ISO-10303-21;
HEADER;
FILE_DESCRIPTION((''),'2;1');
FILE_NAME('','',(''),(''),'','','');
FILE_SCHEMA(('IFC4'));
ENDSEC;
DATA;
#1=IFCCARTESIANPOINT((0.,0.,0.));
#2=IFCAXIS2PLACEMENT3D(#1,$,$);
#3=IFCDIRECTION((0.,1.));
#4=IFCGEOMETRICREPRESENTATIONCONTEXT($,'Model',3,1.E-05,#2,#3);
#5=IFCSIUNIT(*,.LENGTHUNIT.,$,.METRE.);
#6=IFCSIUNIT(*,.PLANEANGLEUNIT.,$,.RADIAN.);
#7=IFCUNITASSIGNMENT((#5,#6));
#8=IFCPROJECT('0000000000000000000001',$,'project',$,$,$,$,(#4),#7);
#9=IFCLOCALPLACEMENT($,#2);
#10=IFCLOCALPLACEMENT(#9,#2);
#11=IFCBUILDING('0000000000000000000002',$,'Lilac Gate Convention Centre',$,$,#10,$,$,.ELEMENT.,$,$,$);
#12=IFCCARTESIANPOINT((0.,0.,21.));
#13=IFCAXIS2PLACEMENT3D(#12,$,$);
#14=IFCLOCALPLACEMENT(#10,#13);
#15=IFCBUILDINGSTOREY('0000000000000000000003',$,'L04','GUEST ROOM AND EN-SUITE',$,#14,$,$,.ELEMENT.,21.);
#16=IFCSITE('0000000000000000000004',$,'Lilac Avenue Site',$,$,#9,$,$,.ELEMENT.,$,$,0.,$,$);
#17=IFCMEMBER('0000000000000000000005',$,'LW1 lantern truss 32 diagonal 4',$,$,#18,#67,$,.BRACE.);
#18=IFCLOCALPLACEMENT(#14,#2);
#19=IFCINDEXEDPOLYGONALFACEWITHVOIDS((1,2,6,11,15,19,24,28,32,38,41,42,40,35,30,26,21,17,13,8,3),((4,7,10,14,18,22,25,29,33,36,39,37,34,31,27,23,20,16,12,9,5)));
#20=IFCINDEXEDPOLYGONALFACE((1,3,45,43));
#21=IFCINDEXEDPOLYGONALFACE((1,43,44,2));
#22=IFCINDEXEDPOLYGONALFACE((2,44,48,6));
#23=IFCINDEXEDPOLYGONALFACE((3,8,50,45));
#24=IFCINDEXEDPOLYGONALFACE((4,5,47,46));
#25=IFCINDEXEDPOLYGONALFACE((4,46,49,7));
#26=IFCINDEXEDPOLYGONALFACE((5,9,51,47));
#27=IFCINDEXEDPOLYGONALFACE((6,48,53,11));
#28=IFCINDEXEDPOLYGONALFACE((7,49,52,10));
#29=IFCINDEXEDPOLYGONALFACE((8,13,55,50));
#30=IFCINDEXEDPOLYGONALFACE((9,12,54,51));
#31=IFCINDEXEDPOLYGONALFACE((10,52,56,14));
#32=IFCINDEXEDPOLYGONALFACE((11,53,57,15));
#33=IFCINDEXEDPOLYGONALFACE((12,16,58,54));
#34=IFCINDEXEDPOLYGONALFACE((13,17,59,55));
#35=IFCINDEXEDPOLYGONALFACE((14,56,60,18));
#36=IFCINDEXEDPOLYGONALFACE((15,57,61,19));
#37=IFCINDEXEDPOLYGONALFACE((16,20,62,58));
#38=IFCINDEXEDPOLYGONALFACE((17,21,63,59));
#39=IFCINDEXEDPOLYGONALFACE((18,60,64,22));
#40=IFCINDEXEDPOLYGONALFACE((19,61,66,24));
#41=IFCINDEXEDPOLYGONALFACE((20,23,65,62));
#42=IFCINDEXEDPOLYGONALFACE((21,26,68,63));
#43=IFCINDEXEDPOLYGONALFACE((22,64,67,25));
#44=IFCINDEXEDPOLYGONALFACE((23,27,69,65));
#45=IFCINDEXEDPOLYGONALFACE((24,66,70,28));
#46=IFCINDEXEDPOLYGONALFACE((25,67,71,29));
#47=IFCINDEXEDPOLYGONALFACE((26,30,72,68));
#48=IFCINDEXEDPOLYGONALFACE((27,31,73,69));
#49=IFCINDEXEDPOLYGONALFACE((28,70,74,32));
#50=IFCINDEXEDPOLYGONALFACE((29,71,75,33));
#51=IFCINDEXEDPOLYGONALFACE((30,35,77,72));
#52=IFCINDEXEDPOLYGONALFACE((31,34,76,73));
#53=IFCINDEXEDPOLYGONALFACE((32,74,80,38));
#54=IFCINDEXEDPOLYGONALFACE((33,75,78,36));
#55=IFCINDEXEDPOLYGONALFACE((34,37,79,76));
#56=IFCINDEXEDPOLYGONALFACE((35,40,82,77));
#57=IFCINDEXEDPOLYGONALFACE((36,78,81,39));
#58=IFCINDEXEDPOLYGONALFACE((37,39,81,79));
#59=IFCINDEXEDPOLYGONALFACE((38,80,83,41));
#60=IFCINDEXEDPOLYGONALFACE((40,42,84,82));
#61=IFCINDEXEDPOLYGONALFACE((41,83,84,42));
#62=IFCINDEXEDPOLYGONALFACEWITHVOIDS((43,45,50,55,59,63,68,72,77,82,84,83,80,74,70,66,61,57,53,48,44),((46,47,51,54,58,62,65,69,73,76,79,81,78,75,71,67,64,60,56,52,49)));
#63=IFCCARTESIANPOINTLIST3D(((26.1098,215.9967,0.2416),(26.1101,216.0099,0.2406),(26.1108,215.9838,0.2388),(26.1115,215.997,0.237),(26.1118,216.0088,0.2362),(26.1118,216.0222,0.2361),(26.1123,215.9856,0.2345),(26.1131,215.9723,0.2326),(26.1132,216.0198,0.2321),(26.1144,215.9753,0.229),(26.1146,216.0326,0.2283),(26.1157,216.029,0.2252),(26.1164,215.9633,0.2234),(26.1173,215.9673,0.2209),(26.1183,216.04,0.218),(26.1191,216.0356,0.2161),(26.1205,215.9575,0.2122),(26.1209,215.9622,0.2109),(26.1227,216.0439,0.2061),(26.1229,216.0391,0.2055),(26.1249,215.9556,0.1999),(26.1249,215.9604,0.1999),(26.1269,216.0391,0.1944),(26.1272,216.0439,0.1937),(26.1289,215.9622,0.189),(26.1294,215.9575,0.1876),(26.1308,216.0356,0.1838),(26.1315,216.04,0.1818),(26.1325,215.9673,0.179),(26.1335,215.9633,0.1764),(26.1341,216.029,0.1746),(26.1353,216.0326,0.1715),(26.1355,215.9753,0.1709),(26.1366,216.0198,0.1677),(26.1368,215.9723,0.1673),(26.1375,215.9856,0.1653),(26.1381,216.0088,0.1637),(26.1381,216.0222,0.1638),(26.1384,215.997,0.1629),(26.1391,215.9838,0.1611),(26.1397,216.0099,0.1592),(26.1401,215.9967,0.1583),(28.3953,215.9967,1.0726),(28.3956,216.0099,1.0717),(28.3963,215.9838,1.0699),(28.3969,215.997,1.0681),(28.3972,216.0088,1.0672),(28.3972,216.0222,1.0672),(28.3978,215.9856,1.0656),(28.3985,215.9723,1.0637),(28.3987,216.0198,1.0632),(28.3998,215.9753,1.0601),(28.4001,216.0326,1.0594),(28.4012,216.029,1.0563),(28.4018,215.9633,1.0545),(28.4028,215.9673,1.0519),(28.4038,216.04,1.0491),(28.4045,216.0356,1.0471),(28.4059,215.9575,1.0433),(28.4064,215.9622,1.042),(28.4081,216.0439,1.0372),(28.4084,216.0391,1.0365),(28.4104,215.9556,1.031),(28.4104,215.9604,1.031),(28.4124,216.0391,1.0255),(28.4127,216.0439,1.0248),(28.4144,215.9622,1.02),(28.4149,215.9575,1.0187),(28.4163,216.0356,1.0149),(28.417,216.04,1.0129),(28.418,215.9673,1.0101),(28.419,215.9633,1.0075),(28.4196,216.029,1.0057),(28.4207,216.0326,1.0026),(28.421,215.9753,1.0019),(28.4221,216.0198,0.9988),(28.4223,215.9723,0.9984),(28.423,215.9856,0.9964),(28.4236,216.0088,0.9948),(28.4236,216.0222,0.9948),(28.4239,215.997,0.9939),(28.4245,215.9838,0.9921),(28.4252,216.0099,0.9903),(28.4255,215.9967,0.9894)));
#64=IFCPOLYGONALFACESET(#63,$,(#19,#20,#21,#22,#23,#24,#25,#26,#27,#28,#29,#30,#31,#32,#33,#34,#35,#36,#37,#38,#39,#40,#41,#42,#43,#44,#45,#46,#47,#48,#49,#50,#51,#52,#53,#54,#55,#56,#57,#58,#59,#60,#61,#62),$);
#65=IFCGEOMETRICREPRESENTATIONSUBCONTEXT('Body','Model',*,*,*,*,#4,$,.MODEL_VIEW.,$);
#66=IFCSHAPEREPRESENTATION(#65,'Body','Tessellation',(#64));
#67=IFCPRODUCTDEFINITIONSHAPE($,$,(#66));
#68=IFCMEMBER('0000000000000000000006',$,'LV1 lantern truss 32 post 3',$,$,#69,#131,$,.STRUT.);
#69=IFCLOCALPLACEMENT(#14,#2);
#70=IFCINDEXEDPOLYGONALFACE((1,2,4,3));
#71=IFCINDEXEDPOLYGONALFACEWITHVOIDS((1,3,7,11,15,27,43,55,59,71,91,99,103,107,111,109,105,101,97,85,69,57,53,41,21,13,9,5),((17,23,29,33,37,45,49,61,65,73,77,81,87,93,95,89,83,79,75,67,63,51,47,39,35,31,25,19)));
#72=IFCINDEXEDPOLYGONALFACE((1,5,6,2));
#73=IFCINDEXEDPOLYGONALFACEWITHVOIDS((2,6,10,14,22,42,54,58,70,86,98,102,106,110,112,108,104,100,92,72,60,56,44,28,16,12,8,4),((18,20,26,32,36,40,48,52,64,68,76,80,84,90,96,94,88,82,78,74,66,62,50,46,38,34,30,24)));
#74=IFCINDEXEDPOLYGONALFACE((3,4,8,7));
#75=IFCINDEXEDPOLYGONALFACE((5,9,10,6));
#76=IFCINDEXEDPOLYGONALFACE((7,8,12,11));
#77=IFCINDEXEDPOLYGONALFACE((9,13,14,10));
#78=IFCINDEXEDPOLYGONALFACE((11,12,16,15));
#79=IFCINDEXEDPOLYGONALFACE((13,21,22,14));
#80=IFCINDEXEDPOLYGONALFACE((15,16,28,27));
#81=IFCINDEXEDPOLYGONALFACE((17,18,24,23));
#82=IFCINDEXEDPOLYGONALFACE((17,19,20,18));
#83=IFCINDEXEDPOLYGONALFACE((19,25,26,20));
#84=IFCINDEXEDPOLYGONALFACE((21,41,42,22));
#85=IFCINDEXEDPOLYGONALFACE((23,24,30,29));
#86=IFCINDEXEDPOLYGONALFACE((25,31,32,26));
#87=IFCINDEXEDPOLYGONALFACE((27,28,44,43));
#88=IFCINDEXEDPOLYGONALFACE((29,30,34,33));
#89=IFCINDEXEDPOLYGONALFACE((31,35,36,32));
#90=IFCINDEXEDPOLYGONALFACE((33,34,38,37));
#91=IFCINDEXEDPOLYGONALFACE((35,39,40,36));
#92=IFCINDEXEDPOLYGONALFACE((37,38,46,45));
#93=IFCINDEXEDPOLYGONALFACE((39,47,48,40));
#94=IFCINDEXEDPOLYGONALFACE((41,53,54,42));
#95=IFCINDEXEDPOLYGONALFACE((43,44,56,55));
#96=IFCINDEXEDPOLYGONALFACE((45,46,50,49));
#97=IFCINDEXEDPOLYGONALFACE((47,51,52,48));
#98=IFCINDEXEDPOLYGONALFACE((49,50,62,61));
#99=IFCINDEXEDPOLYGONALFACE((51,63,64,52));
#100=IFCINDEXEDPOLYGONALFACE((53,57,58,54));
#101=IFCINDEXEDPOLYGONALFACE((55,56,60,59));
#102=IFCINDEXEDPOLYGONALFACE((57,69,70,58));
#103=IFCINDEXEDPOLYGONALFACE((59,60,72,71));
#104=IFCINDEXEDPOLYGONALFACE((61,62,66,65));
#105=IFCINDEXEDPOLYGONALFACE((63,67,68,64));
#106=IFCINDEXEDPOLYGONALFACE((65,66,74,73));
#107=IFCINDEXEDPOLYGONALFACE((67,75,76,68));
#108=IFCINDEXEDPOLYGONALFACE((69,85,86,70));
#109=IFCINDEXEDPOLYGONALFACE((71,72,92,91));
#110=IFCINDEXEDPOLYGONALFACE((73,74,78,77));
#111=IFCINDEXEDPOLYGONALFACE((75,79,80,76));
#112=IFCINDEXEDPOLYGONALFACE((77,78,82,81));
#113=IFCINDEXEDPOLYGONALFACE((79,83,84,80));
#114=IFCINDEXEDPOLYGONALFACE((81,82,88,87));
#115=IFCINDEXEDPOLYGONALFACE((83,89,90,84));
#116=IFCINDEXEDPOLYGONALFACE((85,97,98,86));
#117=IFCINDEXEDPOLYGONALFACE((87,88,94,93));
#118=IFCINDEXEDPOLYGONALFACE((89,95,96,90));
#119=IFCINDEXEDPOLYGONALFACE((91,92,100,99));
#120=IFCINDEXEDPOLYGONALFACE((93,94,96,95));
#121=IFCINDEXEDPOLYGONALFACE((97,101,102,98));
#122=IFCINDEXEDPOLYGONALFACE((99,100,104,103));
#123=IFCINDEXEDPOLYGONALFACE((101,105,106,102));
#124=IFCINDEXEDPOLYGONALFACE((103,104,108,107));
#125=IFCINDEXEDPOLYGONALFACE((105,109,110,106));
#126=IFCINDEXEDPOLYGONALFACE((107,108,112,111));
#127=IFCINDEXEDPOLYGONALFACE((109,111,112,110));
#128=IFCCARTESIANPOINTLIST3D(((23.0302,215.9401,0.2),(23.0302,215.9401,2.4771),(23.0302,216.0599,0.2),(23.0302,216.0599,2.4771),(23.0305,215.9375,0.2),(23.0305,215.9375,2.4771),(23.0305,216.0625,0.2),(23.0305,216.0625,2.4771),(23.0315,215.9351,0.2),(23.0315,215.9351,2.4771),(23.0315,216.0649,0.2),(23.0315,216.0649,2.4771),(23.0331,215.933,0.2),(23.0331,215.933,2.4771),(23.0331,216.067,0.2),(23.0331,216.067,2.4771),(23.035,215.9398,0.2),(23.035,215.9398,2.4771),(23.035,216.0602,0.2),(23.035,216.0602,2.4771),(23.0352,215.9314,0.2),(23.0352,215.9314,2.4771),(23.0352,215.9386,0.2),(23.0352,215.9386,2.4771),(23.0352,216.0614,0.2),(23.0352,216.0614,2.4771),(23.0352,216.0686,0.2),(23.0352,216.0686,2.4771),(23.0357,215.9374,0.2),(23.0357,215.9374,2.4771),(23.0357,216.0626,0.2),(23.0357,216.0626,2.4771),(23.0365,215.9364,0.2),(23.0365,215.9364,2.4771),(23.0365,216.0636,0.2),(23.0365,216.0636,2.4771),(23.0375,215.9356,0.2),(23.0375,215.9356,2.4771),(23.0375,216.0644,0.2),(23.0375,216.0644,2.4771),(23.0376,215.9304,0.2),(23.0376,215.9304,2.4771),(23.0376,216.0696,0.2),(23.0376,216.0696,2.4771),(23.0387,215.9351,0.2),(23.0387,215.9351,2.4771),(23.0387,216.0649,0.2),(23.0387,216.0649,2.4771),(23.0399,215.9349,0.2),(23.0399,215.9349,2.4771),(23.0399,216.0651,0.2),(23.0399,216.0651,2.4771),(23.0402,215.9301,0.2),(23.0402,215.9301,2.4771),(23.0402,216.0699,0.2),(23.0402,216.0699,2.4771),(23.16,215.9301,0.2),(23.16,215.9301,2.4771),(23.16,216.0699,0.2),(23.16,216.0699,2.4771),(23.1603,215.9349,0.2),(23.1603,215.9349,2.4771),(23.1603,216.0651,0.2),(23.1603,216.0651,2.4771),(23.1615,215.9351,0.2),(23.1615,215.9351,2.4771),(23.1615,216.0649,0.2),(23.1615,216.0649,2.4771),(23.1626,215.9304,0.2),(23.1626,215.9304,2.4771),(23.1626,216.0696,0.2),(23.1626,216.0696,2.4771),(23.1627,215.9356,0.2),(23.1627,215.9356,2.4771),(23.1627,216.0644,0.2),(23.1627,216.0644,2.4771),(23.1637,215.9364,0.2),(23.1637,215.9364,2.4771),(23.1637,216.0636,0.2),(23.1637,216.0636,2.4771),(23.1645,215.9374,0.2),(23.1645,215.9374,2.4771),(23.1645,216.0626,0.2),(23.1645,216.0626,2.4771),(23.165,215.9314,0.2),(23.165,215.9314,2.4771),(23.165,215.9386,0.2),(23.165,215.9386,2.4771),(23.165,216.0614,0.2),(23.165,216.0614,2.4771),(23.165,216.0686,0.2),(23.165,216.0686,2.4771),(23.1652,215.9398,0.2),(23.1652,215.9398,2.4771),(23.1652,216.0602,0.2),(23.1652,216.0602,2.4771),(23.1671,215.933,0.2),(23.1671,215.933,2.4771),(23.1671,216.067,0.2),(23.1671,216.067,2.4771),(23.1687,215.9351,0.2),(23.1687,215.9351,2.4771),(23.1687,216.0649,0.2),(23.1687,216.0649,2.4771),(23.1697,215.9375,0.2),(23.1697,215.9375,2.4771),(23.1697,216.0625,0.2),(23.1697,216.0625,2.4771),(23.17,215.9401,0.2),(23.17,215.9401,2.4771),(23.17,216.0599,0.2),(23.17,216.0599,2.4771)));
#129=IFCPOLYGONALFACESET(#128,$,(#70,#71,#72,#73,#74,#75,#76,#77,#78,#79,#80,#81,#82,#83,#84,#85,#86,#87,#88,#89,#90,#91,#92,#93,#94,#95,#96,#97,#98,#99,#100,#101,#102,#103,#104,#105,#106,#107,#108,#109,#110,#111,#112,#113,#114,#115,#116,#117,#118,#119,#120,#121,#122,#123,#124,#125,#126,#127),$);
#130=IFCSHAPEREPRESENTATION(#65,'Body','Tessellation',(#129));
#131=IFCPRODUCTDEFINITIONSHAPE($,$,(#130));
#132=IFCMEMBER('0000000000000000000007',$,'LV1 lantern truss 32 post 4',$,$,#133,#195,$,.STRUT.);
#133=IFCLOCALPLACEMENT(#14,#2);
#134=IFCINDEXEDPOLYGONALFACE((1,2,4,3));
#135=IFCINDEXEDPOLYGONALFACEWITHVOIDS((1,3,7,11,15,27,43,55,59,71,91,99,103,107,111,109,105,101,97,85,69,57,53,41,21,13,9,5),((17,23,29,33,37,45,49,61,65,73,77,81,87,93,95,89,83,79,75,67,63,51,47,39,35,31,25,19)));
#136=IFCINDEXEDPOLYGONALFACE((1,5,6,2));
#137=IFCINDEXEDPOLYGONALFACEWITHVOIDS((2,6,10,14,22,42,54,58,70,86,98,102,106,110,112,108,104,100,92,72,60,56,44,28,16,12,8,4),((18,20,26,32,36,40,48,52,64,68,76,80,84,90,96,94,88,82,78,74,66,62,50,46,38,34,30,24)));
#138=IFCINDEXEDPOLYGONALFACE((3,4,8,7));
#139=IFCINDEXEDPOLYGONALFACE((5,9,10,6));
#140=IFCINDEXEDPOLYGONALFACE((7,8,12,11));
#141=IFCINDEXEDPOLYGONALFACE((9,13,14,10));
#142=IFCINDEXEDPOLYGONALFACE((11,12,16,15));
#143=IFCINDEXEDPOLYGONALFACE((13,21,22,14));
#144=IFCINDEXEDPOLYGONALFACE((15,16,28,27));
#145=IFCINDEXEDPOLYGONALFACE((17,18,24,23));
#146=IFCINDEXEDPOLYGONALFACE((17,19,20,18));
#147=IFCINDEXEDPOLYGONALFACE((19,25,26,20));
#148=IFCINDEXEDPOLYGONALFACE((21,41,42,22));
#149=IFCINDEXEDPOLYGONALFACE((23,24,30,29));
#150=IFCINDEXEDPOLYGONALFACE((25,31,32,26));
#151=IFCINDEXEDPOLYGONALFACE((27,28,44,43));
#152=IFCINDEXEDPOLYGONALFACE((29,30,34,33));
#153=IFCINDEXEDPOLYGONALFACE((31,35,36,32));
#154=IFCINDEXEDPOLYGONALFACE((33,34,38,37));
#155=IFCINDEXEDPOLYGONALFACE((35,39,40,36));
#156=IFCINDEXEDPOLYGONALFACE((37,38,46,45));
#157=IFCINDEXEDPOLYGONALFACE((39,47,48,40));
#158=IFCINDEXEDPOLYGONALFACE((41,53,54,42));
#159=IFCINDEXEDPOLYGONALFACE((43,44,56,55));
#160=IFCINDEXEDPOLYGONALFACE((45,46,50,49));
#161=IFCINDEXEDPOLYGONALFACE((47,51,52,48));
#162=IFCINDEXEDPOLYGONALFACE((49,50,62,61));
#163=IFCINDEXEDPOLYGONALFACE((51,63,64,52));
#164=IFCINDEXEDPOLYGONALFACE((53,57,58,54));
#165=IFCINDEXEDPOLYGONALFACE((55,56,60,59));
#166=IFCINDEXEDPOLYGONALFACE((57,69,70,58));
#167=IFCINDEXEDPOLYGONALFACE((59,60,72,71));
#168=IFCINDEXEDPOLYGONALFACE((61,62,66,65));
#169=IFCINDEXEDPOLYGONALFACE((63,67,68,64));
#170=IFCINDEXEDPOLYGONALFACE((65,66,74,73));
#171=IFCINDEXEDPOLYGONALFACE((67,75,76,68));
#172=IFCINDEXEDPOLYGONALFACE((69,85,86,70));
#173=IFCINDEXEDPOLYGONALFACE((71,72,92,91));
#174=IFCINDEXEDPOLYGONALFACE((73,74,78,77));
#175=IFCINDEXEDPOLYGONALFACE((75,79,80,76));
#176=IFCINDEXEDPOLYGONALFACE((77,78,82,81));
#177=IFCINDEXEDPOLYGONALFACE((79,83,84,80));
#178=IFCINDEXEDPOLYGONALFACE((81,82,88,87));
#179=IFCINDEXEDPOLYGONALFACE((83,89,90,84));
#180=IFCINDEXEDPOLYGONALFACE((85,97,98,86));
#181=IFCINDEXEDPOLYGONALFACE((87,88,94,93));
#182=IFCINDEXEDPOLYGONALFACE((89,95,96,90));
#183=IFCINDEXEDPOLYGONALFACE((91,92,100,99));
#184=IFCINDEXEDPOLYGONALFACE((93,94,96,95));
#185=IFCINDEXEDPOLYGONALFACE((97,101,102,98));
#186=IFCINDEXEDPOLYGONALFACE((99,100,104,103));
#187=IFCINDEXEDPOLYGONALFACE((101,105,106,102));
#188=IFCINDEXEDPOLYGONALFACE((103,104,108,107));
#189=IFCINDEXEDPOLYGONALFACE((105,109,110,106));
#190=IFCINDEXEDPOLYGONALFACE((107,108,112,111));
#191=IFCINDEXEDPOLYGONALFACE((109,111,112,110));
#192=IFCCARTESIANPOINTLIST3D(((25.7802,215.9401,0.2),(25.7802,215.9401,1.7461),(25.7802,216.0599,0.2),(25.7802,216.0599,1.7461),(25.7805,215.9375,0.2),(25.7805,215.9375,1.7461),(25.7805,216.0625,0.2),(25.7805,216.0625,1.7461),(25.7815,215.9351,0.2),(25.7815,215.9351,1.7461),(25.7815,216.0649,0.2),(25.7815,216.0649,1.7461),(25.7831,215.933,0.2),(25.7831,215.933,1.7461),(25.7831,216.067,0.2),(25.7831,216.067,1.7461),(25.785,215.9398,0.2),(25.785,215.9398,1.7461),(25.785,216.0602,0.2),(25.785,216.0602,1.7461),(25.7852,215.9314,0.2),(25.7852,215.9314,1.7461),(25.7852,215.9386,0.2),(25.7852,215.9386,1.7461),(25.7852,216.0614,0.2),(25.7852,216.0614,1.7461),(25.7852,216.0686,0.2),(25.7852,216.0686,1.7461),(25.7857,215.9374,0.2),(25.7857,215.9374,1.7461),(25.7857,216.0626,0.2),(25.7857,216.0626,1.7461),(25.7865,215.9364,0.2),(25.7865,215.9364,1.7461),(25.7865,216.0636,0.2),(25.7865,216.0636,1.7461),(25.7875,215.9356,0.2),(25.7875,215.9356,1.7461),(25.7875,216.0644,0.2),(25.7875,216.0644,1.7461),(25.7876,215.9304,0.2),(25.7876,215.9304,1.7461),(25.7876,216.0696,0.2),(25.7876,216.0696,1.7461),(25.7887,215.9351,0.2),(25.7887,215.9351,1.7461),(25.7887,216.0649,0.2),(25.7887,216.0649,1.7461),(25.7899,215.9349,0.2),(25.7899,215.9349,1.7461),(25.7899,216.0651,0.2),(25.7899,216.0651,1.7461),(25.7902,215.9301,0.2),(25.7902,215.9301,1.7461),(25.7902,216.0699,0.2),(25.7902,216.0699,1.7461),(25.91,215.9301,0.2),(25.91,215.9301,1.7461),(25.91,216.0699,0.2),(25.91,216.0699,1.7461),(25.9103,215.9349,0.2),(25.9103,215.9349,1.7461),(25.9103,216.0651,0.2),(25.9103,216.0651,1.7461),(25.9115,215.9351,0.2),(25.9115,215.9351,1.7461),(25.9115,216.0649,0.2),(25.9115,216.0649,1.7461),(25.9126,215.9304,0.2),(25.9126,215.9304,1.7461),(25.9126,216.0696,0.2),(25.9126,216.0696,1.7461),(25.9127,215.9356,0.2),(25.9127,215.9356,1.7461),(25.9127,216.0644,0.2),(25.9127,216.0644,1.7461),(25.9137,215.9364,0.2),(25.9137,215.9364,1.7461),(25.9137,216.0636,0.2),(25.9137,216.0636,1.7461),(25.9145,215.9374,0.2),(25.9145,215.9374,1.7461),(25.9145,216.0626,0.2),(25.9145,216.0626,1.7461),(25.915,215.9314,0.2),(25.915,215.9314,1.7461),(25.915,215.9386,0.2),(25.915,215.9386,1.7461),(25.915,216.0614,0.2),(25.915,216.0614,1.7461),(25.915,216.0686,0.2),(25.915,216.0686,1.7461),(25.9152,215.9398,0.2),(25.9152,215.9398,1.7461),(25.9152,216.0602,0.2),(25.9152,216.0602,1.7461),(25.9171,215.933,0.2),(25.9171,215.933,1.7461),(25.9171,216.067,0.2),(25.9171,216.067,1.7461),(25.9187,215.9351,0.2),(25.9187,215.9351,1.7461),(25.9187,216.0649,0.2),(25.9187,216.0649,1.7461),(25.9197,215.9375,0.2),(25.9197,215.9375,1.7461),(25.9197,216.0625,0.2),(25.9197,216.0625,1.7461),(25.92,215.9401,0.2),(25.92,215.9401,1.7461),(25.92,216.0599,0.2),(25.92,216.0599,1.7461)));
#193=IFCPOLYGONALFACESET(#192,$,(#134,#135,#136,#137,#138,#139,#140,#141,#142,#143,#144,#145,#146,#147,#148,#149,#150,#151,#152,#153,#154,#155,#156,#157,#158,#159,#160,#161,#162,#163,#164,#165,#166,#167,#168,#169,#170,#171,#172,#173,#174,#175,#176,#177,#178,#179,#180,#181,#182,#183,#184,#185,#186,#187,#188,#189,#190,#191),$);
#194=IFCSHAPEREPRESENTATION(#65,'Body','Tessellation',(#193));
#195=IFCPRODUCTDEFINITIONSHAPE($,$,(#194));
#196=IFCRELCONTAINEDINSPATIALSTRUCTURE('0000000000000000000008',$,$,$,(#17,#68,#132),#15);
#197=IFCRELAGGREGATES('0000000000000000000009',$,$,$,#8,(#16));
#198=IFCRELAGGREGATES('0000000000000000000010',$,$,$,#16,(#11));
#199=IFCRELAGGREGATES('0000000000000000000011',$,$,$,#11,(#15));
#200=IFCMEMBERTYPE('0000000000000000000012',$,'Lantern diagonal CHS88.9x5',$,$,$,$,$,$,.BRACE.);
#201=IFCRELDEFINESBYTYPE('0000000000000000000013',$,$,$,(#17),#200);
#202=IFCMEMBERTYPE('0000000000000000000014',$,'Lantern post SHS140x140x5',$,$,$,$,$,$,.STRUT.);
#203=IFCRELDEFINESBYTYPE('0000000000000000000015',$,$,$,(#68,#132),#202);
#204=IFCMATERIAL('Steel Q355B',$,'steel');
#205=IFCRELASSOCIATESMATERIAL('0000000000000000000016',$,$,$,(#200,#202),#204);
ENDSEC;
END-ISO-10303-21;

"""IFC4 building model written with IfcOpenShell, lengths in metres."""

from ifc_helpers import new_model, si_unit, direction, frame, origin, origin_2d, place, context, subcontext, project, spatial, hollow_rectangle, hollow_circle, extrude, material, material_profile, profile_set, type_object, element, save


model = new_model("IFC4")

# Units and contexts
model_context = context("Model", 3, precision=1e-05, world=origin(), true_north=direction((0.0, 1.0)))
body_context = subcontext(model_context, "Body", "Model", "MODEL_VIEW")
ifc_project = project(units=[si_unit("LENGTHUNIT", "METRE"), si_unit("PLANEANGLEUNIT", "RADIAN")], contexts=[model_context])

# Site, building, storey
site_placement = place(None, origin())
site = spatial("IfcSite", under=ifc_project, at=site_placement, Name="Lilac Avenue Site", CompositionType="ELEMENT", RefElevation=0.0)
building_placement = place(site_placement, origin())
building = spatial("IfcBuilding", under=site, at=building_placement, Name="Lilac Gate Convention Centre", CompositionType="ELEMENT")
storey_placement = place(building_placement, frame((0.0, 0.0, 21.0)))
storey = spatial("IfcBuildingStorey", under=building, at=storey_placement, Name="L04", Description="GUEST ROOM AND EN-SUITE", CompositionType="ELEMENT", Elevation=21.0)

# Members
ifc_material_1 = material(Name="Steel Q355B", Category="steel")
ifc_material_profile_1 = material_profile(ifc_material_1, hollow_circle(Radius=0.0444, WallThickness=0.0049, at=origin_2d()), Name="CHS88.9x5")
ifc_profile_set_1 = profile_set([ifc_material_profile_1], Name="Steel Q355B")
member_type_1 = type_object("IfcMemberType", Name="Lantern diagonal CHS88.9x5", PredefinedType="BRACE", material=ifc_profile_set_1)
member_1_placement = place(storey_placement, frame((28.4104, 216.0, 1.031), z_axis=(-0.939793, 0.0, -0.341743), x_axis=(0.0, -1.0, 0.0)))
element("IfcMember", 1, at=member_1_placement, inside=storey, type_object=member_type_1, Name="LW1 lantern truss 32 diagonal 4", PredefinedType="BRACE", context=body_context, shape_type="SweptSolid", body=[
    extrude(hollow_circle(Radius=0.0444, WallThickness=0.0049, at=origin_2d()), origin(), (0.0, 0.0, 1.0), 2.4319),
])
ifc_material_profile_2 = material_profile(ifc_material_1, hollow_rectangle(XDim=0.1399, YDim=0.1399, WallThickness=0.0049, InnerFilletRadius=0.0049, OuterFilletRadius=0.01, at=origin_2d()), Name="SHS140x140x5")
ifc_profile_set_2 = profile_set([ifc_material_profile_2], Name="Steel Q355B")
member_type_2 = type_object("IfcMemberType", Name="Lantern post SHS140x140x5", PredefinedType="STRUT", material=ifc_profile_set_2)
member_2_placement = place(storey_placement, frame((23.1001, 216.0, 0.2), z_axis=(0.0, 0.0, 1.0), x_axis=(1.0, 0.0, 0.0)))
element("IfcMember", 2, at=member_2_placement, inside=storey, type_object=member_type_2, Name="LV1 lantern truss 32 post 3", PredefinedType="STRUT", context=body_context, shape_type="SweptSolid", body=[
    extrude(hollow_rectangle(XDim=0.1399, YDim=0.1399, WallThickness=0.0049, InnerFilletRadius=0.0049, OuterFilletRadius=0.01, at=origin_2d()), origin(), (0.0, 0.0, 1.0), 2.2771),
])
member_3_placement = place(storey_placement, frame((25.8501, 216.0, 0.2), z_axis=(0.0, 0.0, 1.0), x_axis=(1.0, 0.0, 0.0)))
element("IfcMember", 3, at=member_3_placement, inside=storey, type_object=member_type_2, Name="LV1 lantern truss 32 post 4", PredefinedType="STRUT", context=body_context, shape_type="SweptSolid", body=[
    extrude(hollow_rectangle(XDim=0.1399, YDim=0.1399, WallThickness=0.0049, InnerFilletRadius=0.0049, OuterFilletRadius=0.01, at=origin_2d()), origin(), (0.0, 0.0, 1.0), 1.5461),
])

save(model, "model.ifc")
